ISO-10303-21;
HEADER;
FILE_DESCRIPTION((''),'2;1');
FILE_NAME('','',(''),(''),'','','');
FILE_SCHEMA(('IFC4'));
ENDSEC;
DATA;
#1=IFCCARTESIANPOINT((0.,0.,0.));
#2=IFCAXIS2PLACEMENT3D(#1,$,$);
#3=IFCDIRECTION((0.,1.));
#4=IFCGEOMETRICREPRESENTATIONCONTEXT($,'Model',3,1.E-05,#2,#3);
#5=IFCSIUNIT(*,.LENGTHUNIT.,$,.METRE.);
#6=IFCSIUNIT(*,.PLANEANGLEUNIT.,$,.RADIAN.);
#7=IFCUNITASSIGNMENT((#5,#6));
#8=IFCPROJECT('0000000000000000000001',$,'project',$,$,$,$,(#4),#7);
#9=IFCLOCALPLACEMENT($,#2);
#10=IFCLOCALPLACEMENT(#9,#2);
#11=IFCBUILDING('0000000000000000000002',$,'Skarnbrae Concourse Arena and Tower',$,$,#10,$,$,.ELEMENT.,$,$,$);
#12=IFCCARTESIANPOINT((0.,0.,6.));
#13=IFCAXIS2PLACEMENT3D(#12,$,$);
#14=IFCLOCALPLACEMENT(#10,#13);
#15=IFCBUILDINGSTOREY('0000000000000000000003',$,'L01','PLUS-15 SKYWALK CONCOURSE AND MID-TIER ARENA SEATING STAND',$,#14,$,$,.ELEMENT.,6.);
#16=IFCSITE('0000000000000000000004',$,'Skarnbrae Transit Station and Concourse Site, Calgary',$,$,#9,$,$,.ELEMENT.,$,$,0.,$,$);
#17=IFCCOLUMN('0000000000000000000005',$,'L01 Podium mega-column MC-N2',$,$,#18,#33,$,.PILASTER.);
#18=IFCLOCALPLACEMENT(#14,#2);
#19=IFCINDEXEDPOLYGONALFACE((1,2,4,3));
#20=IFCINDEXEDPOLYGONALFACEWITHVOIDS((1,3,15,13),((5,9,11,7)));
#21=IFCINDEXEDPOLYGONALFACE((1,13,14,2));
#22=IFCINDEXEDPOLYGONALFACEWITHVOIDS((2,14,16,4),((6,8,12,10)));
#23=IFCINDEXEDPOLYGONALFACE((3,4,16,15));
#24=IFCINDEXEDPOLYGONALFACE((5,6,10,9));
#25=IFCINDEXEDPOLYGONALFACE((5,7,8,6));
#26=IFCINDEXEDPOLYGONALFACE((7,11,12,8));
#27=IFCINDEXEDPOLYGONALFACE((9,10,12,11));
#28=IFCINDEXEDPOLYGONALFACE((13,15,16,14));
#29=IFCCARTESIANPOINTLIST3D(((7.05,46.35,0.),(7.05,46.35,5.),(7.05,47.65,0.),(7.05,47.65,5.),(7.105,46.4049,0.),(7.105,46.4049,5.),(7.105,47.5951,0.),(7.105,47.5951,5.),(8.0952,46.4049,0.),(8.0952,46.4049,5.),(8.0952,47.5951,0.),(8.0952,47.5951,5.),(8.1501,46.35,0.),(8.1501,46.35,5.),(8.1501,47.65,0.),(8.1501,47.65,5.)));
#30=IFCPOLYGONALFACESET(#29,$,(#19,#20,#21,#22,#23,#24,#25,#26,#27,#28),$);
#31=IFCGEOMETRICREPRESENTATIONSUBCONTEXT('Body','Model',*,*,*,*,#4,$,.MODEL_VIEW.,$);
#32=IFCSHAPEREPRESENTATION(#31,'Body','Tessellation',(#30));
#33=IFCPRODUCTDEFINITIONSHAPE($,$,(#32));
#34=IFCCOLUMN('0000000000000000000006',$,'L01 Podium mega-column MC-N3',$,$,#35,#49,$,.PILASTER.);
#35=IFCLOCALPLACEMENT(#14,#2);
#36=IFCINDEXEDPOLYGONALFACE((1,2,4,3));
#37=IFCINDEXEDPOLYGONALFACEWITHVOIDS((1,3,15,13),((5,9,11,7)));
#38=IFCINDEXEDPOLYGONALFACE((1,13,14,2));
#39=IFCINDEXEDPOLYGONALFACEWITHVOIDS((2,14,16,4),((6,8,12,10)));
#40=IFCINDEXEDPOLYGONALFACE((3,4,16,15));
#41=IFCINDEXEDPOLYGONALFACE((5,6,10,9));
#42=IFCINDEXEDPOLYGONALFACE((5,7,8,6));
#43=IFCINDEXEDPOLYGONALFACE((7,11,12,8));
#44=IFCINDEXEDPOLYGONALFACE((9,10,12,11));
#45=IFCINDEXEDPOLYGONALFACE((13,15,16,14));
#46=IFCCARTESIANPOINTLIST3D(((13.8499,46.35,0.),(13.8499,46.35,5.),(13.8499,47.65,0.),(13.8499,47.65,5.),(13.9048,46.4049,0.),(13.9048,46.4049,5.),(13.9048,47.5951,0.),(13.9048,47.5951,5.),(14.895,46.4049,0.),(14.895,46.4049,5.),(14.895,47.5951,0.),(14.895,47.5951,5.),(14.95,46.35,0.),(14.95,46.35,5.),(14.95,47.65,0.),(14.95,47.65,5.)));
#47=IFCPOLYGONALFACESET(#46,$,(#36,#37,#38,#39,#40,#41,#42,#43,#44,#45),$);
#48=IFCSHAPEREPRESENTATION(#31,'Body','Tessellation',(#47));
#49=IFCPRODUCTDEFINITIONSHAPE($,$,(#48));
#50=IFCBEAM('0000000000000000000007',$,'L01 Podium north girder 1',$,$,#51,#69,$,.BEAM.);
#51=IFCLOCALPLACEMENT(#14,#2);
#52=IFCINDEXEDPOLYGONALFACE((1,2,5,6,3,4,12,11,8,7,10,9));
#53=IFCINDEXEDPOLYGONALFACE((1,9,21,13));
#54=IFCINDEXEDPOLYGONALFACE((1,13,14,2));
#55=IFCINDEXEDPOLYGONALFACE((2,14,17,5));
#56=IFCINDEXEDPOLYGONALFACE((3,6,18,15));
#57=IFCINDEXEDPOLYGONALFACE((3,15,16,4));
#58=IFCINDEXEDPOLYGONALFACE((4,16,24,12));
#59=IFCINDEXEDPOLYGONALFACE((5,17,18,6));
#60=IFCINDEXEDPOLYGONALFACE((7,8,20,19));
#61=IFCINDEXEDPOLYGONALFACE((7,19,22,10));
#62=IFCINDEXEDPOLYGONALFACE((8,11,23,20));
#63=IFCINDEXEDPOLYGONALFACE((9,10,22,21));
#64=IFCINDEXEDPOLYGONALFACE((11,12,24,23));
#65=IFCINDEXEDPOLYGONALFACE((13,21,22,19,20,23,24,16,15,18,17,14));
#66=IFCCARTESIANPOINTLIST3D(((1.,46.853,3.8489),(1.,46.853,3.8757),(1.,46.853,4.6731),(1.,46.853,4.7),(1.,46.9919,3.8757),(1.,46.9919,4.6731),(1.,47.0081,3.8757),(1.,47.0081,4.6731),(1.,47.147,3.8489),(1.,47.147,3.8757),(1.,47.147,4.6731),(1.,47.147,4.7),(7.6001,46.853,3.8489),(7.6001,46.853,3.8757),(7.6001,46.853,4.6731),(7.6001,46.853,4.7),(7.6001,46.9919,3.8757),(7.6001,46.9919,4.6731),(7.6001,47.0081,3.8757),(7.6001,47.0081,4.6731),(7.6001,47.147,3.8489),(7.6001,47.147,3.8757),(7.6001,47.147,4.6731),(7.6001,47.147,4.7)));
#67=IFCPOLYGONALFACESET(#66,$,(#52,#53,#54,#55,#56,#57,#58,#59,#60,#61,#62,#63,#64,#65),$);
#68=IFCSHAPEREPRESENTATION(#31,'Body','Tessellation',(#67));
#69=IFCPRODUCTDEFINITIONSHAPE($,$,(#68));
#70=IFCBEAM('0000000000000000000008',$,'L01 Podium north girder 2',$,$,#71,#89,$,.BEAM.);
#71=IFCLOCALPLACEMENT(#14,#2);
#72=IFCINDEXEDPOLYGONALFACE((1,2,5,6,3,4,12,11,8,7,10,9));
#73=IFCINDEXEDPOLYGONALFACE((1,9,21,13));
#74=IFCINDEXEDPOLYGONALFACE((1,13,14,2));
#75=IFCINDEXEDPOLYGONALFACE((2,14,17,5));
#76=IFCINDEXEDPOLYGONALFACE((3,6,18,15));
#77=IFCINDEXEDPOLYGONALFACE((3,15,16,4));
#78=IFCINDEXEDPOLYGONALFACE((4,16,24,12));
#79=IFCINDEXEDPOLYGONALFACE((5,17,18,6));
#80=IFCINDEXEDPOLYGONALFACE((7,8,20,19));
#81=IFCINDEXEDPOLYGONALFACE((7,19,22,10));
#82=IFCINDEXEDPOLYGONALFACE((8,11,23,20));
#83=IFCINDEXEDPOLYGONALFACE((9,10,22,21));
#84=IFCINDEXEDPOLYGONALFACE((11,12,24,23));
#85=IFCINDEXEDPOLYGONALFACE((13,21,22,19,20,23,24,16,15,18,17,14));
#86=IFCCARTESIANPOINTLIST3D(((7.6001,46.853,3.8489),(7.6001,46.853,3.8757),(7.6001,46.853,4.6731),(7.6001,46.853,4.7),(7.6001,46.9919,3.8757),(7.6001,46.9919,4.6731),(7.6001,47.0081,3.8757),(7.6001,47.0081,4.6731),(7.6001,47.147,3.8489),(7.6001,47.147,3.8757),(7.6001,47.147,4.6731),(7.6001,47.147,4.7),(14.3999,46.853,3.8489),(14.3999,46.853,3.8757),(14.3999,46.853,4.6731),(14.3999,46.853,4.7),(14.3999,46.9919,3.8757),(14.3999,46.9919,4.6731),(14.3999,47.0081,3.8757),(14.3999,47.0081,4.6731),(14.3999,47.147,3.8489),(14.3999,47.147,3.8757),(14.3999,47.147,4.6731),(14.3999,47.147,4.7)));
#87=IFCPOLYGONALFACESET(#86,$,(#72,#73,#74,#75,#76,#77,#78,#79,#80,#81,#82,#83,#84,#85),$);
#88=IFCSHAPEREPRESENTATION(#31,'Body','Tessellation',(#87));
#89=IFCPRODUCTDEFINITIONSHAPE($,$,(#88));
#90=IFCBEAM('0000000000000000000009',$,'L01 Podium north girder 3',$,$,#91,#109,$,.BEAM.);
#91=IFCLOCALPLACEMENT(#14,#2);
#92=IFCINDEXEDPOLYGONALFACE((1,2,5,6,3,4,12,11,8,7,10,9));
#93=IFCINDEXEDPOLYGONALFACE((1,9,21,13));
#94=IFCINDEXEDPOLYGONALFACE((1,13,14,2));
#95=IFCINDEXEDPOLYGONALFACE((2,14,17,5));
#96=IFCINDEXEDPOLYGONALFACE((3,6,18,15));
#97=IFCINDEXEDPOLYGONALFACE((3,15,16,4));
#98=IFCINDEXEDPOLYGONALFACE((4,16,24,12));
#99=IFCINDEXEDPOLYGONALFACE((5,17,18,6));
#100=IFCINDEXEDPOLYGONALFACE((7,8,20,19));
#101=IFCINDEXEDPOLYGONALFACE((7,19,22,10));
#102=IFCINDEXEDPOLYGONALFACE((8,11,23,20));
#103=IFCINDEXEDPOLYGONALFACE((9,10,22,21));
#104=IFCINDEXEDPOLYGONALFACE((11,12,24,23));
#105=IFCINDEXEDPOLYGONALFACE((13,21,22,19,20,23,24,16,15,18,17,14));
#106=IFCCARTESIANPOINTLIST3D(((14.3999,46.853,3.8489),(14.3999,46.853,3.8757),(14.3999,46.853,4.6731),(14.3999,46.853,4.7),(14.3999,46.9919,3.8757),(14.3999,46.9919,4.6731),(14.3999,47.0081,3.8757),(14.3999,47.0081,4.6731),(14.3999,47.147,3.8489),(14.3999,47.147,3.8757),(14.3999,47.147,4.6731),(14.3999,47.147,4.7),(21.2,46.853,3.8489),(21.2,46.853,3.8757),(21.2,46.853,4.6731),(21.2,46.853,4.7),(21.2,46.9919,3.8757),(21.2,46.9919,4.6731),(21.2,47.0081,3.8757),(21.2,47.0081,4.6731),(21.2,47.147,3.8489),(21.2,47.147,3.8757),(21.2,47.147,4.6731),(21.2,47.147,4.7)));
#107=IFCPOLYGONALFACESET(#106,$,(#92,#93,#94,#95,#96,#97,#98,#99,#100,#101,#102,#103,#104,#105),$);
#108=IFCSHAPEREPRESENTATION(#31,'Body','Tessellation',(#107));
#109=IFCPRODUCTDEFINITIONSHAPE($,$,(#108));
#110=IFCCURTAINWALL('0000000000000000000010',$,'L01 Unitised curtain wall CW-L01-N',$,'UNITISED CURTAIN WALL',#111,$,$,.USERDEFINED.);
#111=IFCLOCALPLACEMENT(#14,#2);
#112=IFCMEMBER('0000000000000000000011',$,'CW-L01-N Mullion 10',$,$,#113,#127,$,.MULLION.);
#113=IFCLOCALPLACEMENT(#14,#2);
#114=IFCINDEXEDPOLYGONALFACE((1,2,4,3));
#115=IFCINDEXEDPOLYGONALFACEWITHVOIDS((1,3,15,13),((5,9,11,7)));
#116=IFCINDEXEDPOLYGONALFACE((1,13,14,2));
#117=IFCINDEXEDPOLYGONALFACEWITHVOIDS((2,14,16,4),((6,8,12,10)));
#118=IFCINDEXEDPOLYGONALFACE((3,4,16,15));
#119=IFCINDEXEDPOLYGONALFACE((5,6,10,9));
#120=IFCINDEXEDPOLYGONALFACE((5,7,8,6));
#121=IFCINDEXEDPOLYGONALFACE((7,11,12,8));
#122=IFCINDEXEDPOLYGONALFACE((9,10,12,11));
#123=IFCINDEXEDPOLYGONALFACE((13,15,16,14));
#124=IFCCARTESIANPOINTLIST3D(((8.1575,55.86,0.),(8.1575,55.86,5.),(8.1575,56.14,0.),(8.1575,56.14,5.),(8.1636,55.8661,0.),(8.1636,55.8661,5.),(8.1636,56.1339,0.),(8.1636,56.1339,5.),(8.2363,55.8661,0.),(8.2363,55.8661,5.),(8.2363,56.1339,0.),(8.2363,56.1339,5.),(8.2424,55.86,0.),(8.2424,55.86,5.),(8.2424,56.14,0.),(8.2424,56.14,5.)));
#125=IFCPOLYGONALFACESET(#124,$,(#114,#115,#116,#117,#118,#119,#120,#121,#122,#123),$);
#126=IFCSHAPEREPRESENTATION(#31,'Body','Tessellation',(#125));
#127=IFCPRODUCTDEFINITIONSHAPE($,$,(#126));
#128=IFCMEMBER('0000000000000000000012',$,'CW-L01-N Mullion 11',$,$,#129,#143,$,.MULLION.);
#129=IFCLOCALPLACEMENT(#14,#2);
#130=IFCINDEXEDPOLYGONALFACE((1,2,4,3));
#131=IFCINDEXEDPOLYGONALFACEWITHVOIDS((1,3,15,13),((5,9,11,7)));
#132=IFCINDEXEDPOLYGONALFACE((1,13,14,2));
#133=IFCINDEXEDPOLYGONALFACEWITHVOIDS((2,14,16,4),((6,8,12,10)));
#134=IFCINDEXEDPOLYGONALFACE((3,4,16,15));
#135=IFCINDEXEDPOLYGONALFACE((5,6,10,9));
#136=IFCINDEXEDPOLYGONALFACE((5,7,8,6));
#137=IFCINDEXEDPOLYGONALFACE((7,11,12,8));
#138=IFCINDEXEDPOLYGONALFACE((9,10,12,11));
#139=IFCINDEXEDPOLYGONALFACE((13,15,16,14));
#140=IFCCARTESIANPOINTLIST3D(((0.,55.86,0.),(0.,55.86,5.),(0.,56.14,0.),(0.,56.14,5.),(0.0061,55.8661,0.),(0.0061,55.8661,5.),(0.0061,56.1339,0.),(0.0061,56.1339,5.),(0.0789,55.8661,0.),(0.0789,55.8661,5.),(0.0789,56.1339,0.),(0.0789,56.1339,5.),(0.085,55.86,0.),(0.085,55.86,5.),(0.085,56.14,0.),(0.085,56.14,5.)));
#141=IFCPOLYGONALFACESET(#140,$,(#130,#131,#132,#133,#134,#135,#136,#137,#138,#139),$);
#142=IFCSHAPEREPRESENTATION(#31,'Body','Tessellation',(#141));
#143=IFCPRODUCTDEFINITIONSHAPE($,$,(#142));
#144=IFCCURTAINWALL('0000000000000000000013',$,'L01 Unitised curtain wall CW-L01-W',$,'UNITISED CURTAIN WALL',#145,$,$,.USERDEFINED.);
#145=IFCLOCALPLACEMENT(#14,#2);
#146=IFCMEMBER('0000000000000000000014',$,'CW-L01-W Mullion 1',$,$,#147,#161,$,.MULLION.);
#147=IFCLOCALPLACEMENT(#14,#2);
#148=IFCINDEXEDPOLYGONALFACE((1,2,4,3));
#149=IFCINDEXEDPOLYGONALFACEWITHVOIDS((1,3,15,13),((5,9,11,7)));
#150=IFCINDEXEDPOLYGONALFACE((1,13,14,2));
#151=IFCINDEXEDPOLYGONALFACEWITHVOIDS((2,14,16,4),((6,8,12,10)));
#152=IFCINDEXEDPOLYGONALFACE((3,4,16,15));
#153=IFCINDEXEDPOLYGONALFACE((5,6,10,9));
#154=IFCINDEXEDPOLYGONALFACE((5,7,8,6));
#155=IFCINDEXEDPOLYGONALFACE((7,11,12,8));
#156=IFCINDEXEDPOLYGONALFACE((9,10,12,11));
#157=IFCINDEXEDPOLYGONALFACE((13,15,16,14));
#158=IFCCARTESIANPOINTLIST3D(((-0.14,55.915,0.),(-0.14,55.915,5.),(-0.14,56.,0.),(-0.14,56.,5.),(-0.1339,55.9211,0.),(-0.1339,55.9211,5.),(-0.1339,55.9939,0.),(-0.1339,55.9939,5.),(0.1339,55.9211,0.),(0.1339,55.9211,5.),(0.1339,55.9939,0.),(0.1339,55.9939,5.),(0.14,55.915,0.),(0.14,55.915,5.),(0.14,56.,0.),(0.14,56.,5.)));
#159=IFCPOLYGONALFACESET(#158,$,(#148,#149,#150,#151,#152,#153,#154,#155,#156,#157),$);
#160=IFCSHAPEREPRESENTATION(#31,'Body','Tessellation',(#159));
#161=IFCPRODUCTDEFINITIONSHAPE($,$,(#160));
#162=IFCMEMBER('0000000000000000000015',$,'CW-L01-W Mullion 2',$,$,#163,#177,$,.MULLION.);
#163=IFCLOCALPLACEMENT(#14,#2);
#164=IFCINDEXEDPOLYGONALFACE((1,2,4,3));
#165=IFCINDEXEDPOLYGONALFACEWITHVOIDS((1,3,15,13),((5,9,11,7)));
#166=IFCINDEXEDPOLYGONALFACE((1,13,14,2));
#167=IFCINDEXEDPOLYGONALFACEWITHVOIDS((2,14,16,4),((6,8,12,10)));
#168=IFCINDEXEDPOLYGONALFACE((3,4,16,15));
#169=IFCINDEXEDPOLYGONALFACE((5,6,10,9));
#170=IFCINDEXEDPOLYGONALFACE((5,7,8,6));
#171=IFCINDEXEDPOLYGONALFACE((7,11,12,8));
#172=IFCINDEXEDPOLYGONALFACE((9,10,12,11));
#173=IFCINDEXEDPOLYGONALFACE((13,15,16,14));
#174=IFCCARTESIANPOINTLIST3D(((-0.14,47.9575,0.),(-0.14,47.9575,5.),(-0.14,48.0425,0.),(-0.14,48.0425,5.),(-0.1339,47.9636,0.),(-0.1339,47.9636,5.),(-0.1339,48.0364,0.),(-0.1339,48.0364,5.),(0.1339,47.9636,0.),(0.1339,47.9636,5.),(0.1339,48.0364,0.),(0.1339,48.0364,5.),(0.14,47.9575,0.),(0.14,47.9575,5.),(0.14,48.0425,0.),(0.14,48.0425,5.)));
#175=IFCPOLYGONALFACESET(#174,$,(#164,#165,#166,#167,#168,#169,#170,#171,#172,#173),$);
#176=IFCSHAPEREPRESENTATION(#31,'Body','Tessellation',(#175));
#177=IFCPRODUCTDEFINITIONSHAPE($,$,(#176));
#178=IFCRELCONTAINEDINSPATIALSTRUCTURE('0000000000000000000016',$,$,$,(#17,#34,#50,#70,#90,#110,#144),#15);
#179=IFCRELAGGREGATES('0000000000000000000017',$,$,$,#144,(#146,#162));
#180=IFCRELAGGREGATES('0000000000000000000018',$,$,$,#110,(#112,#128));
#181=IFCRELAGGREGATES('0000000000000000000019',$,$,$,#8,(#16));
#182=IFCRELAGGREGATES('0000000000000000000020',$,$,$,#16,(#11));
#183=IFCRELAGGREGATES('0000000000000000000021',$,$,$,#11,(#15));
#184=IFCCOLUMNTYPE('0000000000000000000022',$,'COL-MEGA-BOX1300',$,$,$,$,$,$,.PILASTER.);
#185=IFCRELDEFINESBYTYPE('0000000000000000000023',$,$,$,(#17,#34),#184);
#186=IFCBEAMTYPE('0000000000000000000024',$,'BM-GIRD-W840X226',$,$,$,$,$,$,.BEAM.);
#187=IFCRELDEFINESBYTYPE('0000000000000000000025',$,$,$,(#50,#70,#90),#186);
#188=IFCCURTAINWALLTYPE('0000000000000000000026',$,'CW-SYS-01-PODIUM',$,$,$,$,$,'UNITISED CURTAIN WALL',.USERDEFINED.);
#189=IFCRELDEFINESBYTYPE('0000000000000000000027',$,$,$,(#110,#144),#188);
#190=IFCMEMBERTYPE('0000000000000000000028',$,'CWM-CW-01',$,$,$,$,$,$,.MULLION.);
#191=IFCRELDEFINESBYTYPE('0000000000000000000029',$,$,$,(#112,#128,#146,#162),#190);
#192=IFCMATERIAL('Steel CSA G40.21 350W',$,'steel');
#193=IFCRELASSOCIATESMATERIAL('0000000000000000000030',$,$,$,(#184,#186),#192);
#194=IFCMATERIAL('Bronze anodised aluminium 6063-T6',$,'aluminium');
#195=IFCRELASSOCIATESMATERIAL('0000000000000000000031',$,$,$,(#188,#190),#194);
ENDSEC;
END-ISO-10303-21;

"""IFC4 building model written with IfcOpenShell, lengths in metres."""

from ifc_helpers import new_model, si_unit, direction, frame, origin, origin_2d, place, context, subcontext, project, spatial, hollow_rectangle, i_section, extrude, source, transform, mapped, material, material_profile, profile_set, type_object, element, aggregate, save


model = new_model("IFC4")

# Units and contexts
model_context = context("Model", 3, precision=1e-05, world=origin(), true_north=direction((0.0, 1.0)))
body_context = subcontext(model_context, "Body", "Model", "MODEL_VIEW")
ifc_project = project(units=[si_unit("LENGTHUNIT", "METRE"), si_unit("PLANEANGLEUNIT", "RADIAN")], contexts=[model_context])

# Site, building, storey
site_placement = place(None, origin())
site = spatial("IfcSite", under=ifc_project, at=site_placement, Name="Skarnbrae Transit Station and Concourse Site, Calgary", CompositionType="ELEMENT", RefElevation=0.0)
building_placement = place(site_placement, origin())
building = spatial("IfcBuilding", under=site, at=building_placement, Name="Skarnbrae Concourse Arena and Tower", CompositionType="ELEMENT")
storey_placement = place(building_placement, frame((0.0, 0.0, 6.0)))
storey = spatial("IfcBuildingStorey", under=building, at=storey_placement, Name="L01", Description="PLUS-15 SKYWALK CONCOURSE AND MID-TIER ARENA SEATING STAND", CompositionType="ELEMENT", Elevation=6.0)

# Columns
ifc_material_1 = material(Name="Steel CSA G40.21 350W", Category="steel")
ifc_material_profile_1 = material_profile(ifc_material_1, hollow_rectangle(XDim=1.1001, YDim=1.3, WallThickness=0.0549, at=origin_2d()), Name="BOX1300X1100X55")
ifc_profile_set_1 = profile_set([ifc_material_profile_1], Name="Steel CSA G40.21 350W")
column_type = type_object("IfcColumnType", Name="COL-MEGA-BOX1300", PredefinedType="PILASTER", material=ifc_profile_set_1)
shared_shape_1 = source(origin(), body_context, "Body", "SweptSolid", [
    extrude(hollow_rectangle(XDim=1.1001, YDim=1.3, WallThickness=0.0549, at=origin_2d()), origin(), (0.0, 0.0, 1.0), 5.0),
])
for number, where, z_axis, x_axis, name in (
    (1, (7.6001, 47.0, 0.0), (0.0, 0.0, 1.0), (1.0, 0.0, 0.0), "L01 Podium mega-column MC-N2"),
    (2, (14.3999, 47.0, 0.0), (0.0, 0.0, 1.0), (1.0, 0.0, 0.0), "L01 Podium mega-column MC-N3"),
):
    element("IfcColumn", number, at=place(storey_placement, frame(where, z_axis=z_axis, x_axis=x_axis)), inside=storey, type_object=column_type, Name=name, PredefinedType="PILASTER", context=body_context, shape_type="MappedRepresentation", body=[
        mapped(shared_shape_1, transform((0.0, 0.0, 0.0))),
    ])

# Beams
ifc_material_profile_2 = material_profile(ifc_material_1, i_section(OverallWidth=0.2939, OverallDepth=0.8511, WebThickness=0.0161, FlangeThickness=0.0269, at=origin_2d()), Name="W840X226")
ifc_profile_set_2 = profile_set([ifc_material_profile_2], Name="Steel CSA G40.21 350W")
beam_type_1 = type_object("IfcBeamType", Name="BM-GIRD-W840X226", PredefinedType="BEAM", material=ifc_profile_set_2)
shared_shape_2 = source(origin(), body_context, "Body", "SweptSolid", [
    extrude(i_section(OverallWidth=0.2939, OverallDepth=0.8511, WebThickness=0.0161, FlangeThickness=0.0269, at=origin_2d()), origin(), (0.0, 0.0, 1.0), 6.6001),
])
beam_1_placement = place(storey_placement, frame((1.0, 47.0, 4.2744), z_axis=(1.0, 0.0, 0.0), x_axis=(0.0, 1.0, 0.0)))
element("IfcBeam", 3, at=beam_1_placement, inside=storey, type_object=beam_type_1, Name="L01 Podium north girder 1", PredefinedType="BEAM", context=body_context, shape_type="MappedRepresentation", body=[
    mapped(shared_shape_2, transform((0.0, 0.0, 0.0))),
])
shared_shape_3 = source(origin(), body_context, "Body", "SweptSolid", [
    extrude(i_section(OverallWidth=0.2939, OverallDepth=0.8511, WebThickness=0.0161, FlangeThickness=0.0269, at=origin_2d()), origin(), (0.0, 0.0, 1.0), 6.7998),
])
beam_2_placement = place(storey_placement, frame((7.6001, 47.0, 4.2744), z_axis=(1.0, 0.0, 0.0), x_axis=(0.0, 1.0, 0.0)))
element("IfcBeam", 4, at=beam_2_placement, inside=storey, type_object=beam_type_1, Name="L01 Podium north girder 2", PredefinedType="BEAM", context=body_context, shape_type="MappedRepresentation", body=[
    mapped(shared_shape_3, transform((0.0, 0.0, 0.0))),
])
shared_shape_4 = source(origin(), body_context, "Body", "SweptSolid", [
    extrude(i_section(OverallWidth=0.2939, OverallDepth=0.8511, WebThickness=0.0161, FlangeThickness=0.0269, at=origin_2d()), origin(), (0.0, 0.0, 1.0), 6.8),
])
beam_3_placement = place(storey_placement, frame((14.3999, 47.0, 4.2744), z_axis=(1.0, 0.0, 0.0), x_axis=(0.0, 1.0, 0.0)))
element("IfcBeam", 5, at=beam_3_placement, inside=storey, type_object=beam_type_1, Name="L01 Podium north girder 3", PredefinedType="BEAM", context=body_context, shape_type="MappedRepresentation", body=[
    mapped(shared_shape_4, transform((0.0, 0.0, 0.0))),
])

# Curtain walls, members
ifc_material_2 = material(Name="Bronze anodised aluminium 6063-T6", Category="aluminium")
curtain_wall_type = type_object("IfcCurtainWallType", Name="CW-SYS-01-PODIUM", ElementType="UNITISED CURTAIN WALL", PredefinedType="USERDEFINED", material=ifc_material_2)
curtain_wall_1_placement = place(storey_placement, origin())
curtain_wall_1 = element("IfcCurtainWall", 6, at=curtain_wall_1_placement, inside=storey, type_object=curtain_wall_type, Name="L01 Unitised curtain wall CW-L01-N", ObjectType="UNITISED CURTAIN WALL", PredefinedType="USERDEFINED")
ifc_material_profile_3 = material_profile(ifc_material_2, hollow_rectangle(XDim=0.085, YDim=0.28, WallThickness=0.0061, at=origin_2d()), Name="ALU-MULL-85X280")
ifc_profile_set_3 = profile_set([ifc_material_profile_3], Name="Bronze anodised aluminium 6063-T6")
member_type_1 = type_object("IfcMemberType", Name="CWM-CW-01", PredefinedType="MULLION", material=ifc_profile_set_3)
shared_shape_5 = source(origin(), body_context, "Body", "SweptSolid", [
    extrude(hollow_rectangle(XDim=0.085, YDim=0.28, WallThickness=0.0061, at=origin_2d()), origin(), (0.0, 0.0, 1.0), 5.0),
])
member_1_placement = place(storey_placement, frame((8.2, 56.0, 0.0), z_axis=(0.0, 0.0, 1.0), x_axis=(-1.0, 0.0, 0.0)))
member_1 = element("IfcMember", 7, at=member_1_placement, type_object=member_type_1, Name="CW-L01-N Mullion 10", PredefinedType="MULLION", context=body_context, shape_type="MappedRepresentation", body=[
    mapped(shared_shape_5, transform((0.0, 0.0, 0.0))),
])
member_2_placement = place(storey_placement, frame((0.0425, 56.0, 0.0), z_axis=(0.0, 0.0, 1.0), x_axis=(-1.0, 0.0, 0.0)))
member_2 = element("IfcMember", 8, at=member_2_placement, type_object=member_type_1, Name="CW-L01-N Mullion 11", PredefinedType="MULLION", context=body_context, shape_type="MappedRepresentation", body=[
    mapped(shared_shape_5, transform((0.0, 0.0, 0.0))),
])
curtain_wall_2_placement = place(storey_placement, origin())
curtain_wall_2 = element("IfcCurtainWall", 9, at=curtain_wall_2_placement, inside=storey, type_object=curtain_wall_type, Name="L01 Unitised curtain wall CW-L01-W", ObjectType="UNITISED CURTAIN WALL", PredefinedType="USERDEFINED")
member_3_placement = place(storey_placement, frame((0.0, 55.9575, 0.0), z_axis=(0.0, 0.0, 1.0), x_axis=(0.0, -1.0, 0.0)))
member_3 = element("IfcMember", 10, at=member_3_placement, type_object=member_type_1, Name="CW-L01-W Mullion 1", PredefinedType="MULLION", context=body_context, shape_type="MappedRepresentation", body=[
    mapped(shared_shape_5, transform((0.0, 0.0, 0.0))),
])
member_4_placement = place(storey_placement, frame((0.0, 48.0, 0.0), z_axis=(0.0, 0.0, 1.0), x_axis=(0.0, -1.0, 0.0)))
member_4 = element("IfcMember", 11, at=member_4_placement, type_object=member_type_1, Name="CW-L01-W Mullion 2", PredefinedType="MULLION", context=body_context, shape_type="MappedRepresentation", body=[
    mapped(shared_shape_5, transform((0.0, 0.0, 0.0))),
])

aggregate(curtain_wall_2, [member_3, member_4])
aggregate(curtain_wall_1, [member_1, member_2])

save(model, "model.ifc")
